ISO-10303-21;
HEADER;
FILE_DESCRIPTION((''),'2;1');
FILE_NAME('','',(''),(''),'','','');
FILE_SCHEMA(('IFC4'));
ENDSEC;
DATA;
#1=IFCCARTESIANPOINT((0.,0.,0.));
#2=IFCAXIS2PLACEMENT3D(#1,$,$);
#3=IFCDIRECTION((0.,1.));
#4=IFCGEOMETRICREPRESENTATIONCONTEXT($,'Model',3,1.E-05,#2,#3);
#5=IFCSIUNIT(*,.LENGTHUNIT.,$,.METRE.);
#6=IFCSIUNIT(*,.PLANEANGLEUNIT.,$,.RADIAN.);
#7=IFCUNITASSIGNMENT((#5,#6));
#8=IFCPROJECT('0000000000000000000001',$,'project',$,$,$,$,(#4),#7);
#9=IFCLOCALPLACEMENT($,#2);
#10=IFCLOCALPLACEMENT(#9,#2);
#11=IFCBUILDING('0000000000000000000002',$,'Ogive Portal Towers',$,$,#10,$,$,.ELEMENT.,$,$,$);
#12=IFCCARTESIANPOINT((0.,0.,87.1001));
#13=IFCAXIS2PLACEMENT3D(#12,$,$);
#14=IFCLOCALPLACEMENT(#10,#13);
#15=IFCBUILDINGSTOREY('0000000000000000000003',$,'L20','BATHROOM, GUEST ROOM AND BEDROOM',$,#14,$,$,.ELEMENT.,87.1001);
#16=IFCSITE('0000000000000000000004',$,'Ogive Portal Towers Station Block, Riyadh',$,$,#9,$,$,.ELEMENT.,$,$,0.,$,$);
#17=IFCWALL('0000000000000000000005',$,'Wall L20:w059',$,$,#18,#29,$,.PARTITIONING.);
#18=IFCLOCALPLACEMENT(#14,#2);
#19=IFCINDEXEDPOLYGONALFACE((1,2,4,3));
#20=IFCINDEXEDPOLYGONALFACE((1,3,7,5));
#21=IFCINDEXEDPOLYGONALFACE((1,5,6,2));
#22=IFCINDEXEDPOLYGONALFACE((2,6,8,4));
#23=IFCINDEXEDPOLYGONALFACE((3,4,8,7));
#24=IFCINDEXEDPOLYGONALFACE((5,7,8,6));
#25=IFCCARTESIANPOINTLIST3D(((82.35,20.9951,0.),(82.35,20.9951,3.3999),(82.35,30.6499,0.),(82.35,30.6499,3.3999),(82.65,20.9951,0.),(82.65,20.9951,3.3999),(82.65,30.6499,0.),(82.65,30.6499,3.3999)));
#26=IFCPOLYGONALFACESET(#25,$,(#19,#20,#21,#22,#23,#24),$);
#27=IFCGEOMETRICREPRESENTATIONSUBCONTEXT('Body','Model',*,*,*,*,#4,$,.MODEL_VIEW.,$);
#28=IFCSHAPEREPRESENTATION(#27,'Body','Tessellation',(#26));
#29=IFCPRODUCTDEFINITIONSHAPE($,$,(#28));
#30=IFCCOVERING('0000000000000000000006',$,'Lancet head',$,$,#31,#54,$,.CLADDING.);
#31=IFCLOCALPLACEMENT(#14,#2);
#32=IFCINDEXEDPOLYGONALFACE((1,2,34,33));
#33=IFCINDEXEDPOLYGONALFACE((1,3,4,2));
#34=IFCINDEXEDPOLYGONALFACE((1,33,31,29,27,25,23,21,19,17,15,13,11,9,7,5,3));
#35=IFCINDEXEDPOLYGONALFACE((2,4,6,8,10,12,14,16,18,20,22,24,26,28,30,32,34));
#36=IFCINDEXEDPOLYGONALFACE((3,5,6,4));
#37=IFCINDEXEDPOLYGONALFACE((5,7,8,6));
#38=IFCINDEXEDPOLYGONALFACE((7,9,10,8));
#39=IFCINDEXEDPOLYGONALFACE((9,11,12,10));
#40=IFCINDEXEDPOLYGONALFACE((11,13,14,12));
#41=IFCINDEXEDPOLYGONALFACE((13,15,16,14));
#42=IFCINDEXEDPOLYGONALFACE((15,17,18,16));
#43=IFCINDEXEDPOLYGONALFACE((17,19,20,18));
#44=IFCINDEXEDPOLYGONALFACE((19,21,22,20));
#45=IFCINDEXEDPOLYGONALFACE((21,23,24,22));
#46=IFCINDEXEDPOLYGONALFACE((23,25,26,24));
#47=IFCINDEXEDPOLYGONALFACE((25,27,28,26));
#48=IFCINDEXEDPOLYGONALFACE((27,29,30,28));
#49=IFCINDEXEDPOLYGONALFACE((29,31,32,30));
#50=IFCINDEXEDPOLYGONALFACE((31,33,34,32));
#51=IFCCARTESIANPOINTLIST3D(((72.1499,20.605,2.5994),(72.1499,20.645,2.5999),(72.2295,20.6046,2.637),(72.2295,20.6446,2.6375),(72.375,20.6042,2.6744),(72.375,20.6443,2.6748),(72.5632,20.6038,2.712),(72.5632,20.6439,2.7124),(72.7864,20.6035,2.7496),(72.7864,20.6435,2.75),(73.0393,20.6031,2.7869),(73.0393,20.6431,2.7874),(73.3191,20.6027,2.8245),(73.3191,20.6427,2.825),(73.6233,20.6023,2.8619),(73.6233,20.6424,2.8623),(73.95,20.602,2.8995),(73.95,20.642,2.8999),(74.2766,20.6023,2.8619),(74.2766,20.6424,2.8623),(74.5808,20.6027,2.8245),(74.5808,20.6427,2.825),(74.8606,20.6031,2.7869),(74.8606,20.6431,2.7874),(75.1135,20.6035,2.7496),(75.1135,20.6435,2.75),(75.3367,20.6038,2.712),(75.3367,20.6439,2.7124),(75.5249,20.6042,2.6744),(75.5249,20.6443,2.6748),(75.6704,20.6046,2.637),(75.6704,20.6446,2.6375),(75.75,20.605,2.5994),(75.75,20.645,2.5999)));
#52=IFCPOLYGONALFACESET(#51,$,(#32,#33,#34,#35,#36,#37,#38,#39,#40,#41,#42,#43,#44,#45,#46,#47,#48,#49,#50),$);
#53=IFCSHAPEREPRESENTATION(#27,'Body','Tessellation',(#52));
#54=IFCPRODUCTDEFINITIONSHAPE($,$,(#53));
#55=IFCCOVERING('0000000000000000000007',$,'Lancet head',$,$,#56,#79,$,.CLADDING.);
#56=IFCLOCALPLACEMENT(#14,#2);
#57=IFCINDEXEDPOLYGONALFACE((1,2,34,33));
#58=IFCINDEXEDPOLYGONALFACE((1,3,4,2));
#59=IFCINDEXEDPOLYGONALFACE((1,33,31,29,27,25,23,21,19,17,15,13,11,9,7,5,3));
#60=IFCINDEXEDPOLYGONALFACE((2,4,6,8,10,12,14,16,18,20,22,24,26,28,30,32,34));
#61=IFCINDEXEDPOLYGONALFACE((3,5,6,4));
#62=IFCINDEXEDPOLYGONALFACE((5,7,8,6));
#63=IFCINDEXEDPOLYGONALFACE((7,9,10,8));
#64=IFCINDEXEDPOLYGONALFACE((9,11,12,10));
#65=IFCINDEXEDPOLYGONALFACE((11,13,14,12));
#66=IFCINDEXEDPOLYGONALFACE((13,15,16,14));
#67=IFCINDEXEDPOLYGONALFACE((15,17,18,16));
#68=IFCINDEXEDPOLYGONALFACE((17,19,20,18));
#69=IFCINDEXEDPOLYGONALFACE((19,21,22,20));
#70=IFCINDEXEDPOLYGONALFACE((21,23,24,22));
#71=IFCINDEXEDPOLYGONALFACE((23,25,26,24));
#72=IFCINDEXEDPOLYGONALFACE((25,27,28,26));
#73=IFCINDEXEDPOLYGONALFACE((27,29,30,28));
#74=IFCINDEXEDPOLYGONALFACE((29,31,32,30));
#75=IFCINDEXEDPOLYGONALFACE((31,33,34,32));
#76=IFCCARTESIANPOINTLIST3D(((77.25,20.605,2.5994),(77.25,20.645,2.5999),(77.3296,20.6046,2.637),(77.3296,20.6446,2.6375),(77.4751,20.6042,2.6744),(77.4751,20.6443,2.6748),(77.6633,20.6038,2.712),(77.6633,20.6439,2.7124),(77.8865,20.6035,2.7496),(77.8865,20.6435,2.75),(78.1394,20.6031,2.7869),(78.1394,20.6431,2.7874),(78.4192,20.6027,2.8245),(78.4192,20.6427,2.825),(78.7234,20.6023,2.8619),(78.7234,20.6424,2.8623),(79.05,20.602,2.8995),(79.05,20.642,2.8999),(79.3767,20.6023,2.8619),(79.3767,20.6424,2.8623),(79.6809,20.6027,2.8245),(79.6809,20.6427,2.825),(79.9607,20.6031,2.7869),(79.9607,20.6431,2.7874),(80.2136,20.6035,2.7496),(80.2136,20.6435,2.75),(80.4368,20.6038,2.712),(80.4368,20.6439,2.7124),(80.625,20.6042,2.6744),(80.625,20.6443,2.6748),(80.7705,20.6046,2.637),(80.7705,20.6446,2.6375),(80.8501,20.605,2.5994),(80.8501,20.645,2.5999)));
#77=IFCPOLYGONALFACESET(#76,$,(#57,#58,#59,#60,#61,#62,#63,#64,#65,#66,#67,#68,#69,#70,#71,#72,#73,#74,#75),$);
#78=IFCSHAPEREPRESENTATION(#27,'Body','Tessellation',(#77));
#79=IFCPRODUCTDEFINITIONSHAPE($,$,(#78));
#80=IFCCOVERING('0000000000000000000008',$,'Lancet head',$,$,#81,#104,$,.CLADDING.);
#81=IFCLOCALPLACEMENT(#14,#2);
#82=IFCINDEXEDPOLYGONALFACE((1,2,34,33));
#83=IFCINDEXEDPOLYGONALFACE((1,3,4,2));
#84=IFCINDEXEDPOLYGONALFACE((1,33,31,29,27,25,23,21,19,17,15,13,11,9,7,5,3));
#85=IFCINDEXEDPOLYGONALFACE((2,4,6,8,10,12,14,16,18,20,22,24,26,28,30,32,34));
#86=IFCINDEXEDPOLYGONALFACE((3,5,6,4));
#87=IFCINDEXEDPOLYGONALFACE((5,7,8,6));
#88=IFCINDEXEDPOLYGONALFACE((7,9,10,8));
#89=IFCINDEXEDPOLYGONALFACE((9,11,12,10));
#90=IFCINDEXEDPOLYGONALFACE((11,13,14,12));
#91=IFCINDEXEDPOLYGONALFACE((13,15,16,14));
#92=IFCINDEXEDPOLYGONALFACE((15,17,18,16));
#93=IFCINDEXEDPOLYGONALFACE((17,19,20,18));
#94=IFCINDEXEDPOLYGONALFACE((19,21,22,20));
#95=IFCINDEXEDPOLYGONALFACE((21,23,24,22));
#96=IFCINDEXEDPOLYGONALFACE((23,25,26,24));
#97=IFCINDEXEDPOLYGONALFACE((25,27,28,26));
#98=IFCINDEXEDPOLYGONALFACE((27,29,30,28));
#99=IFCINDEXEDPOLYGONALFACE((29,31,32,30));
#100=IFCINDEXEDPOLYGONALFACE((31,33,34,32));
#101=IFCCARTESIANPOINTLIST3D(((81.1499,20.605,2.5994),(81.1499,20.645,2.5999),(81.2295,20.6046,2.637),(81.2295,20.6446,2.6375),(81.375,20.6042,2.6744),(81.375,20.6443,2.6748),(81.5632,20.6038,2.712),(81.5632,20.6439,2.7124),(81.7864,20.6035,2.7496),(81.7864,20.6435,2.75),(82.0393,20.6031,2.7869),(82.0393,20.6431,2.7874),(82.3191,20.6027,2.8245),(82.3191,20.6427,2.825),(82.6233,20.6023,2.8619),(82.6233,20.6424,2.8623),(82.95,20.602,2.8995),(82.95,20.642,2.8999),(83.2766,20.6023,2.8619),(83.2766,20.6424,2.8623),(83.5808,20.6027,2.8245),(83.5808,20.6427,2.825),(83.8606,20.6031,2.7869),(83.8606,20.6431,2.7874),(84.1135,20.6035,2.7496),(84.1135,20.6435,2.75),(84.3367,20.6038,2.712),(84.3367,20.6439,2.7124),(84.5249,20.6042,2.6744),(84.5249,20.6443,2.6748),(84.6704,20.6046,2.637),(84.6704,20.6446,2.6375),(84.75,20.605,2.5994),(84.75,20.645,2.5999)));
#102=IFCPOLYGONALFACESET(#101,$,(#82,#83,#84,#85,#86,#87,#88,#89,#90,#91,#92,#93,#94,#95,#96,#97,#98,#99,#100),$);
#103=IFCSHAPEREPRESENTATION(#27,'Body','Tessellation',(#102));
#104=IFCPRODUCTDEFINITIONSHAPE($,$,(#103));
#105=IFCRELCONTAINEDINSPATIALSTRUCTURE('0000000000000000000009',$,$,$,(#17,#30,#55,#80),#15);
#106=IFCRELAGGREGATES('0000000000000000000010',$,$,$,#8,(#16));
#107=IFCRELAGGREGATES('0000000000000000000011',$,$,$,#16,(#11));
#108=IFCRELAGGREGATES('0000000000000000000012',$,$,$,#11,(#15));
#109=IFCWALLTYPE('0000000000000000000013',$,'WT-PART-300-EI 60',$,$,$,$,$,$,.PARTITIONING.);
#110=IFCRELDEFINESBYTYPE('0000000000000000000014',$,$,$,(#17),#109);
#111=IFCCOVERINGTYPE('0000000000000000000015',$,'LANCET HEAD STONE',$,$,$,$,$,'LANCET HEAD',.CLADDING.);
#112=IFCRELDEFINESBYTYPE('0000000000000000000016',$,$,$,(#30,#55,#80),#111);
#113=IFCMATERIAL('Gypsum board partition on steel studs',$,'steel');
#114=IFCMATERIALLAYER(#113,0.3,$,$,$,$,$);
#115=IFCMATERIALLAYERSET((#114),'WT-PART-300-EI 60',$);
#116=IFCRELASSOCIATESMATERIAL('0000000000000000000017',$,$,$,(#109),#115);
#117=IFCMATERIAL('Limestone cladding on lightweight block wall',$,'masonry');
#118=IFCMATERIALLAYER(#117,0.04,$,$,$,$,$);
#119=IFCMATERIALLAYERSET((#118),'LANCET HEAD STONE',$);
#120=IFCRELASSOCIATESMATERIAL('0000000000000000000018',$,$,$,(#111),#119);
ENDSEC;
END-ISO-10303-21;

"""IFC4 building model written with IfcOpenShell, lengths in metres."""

from ifc_helpers import new_model, si_unit, direction, frame, frame_2d, origin, place, context, subcontext, project, spatial, polyline, rectangle, outline, extrude, material, layer, layer_set, type_object, element, save


model = new_model("IFC4")

# Units and contexts
model_context = context("Model", 3, precision=1e-05, world=origin(), true_north=direction((0.0, 1.0)))
body_context = subcontext(model_context, "Body", "Model", "MODEL_VIEW")
ifc_project = project(units=[si_unit("LENGTHUNIT", "METRE"), si_unit("PLANEANGLEUNIT", "RADIAN")], contexts=[model_context])

# Site, building, storey
site_placement = place(None, origin())
site = spatial("IfcSite", under=ifc_project, at=site_placement, Name="Ogive Portal Towers Station Block, Riyadh", CompositionType="ELEMENT", RefElevation=0.0)
building_placement = place(site_placement, origin())
building = spatial("IfcBuilding", under=site, at=building_placement, Name="Ogive Portal Towers", CompositionType="ELEMENT")
storey_placement = place(building_placement, frame((0.0, 0.0, 87.1001)))
storey = spatial("IfcBuildingStorey", under=building, at=storey_placement, Name="L20", Description="BATHROOM, GUEST ROOM AND BEDROOM", CompositionType="ELEMENT", Elevation=87.1001)

# Shared definitions
ifc_material_1 = material(Name="Gypsum board partition on steel studs", Category="steel")
ifc_layer_1 = layer(ifc_material_1, 0.3)
ifc_layer_set_1 = layer_set([ifc_layer_1], Name="WT-PART-300-EI 60")
wall_type = type_object("IfcWallType", Name="WT-PART-300-EI 60", PredefinedType="PARTITIONING", material=ifc_layer_set_1)

# Wall
wall_1_placement = place(storey_placement, frame((82.5, 20.9951, 0.0), z_axis=(0.0, 0.0, 1.0), x_axis=(0.0, 1.0, 0.0)))
element("IfcWall", 1, at=wall_1_placement, inside=storey, type_object=wall_type, Name="Wall L20:w059", PredefinedType="PARTITIONING", context=body_context, shape_type="SweptSolid", body=[
    extrude(rectangle(XDim=9.6548, YDim=0.3, at=frame_2d((4.8274, 0.0))), origin(), (0.0, 0.0, 1.0), 3.3999),
])

# Coverings
ifc_material_2 = material(Name="Limestone cladding on lightweight block wall", Category="masonry")
ifc_layer_2 = layer(ifc_material_2, 0.04)
ifc_layer_set_2 = layer_set([ifc_layer_2], Name="LANCET HEAD STONE")
covering_type = type_object("IfcCoveringType", Name="LANCET HEAD STONE", ElementType="LANCET HEAD", PredefinedType="CLADDING", material=ifc_layer_set_2)
for number, where, z_axis, x_axis, name in (
    (2, (72.1499, 20.645, 2.5999), (0.0, 0.999949, 0.010103), (1.0, 0.0, 0.0), "Lancet head"),
    (3, (77.25, 20.645, 2.5999), (0.0, 0.999949, 0.010103), (1.0, 0.0, 0.0), "Lancet head"),
    (4, (81.1499, 20.645, 2.5999), (0.0, 0.999949, 0.010103), (1.0, 0.0, 0.0), "Lancet head"),
):
    element("IfcCovering", number, at=place(storey_placement, frame(where, z_axis=z_axis, x_axis=x_axis)), inside=storey, type_object=covering_type, Name=name, PredefinedType="CLADDING", context=body_context, shape_type="SweptSolid", body=[
        extrude(outline(polyline([(0.0, 0.0), (3.6001, 0.0), (3.5205, -0.0376), (3.375, -0.075), (3.1868, -0.1126), (2.9636, -0.1502), (2.7107, -0.1875), (2.4309, -0.2251), (2.1267, -0.2625), (1.8, -0.3001), (1.4734, -0.2625), (1.1692, -0.2251), (0.8894, -0.1875), (0.6365, -0.1502), (0.4133, -0.1126), (0.2251, -0.075), (0.0796, -0.0376), (0.0, 0.0)])), origin(), (0.0, 0.0, -1.0), 0.04),
    ])

save(model, "model.ifc")
